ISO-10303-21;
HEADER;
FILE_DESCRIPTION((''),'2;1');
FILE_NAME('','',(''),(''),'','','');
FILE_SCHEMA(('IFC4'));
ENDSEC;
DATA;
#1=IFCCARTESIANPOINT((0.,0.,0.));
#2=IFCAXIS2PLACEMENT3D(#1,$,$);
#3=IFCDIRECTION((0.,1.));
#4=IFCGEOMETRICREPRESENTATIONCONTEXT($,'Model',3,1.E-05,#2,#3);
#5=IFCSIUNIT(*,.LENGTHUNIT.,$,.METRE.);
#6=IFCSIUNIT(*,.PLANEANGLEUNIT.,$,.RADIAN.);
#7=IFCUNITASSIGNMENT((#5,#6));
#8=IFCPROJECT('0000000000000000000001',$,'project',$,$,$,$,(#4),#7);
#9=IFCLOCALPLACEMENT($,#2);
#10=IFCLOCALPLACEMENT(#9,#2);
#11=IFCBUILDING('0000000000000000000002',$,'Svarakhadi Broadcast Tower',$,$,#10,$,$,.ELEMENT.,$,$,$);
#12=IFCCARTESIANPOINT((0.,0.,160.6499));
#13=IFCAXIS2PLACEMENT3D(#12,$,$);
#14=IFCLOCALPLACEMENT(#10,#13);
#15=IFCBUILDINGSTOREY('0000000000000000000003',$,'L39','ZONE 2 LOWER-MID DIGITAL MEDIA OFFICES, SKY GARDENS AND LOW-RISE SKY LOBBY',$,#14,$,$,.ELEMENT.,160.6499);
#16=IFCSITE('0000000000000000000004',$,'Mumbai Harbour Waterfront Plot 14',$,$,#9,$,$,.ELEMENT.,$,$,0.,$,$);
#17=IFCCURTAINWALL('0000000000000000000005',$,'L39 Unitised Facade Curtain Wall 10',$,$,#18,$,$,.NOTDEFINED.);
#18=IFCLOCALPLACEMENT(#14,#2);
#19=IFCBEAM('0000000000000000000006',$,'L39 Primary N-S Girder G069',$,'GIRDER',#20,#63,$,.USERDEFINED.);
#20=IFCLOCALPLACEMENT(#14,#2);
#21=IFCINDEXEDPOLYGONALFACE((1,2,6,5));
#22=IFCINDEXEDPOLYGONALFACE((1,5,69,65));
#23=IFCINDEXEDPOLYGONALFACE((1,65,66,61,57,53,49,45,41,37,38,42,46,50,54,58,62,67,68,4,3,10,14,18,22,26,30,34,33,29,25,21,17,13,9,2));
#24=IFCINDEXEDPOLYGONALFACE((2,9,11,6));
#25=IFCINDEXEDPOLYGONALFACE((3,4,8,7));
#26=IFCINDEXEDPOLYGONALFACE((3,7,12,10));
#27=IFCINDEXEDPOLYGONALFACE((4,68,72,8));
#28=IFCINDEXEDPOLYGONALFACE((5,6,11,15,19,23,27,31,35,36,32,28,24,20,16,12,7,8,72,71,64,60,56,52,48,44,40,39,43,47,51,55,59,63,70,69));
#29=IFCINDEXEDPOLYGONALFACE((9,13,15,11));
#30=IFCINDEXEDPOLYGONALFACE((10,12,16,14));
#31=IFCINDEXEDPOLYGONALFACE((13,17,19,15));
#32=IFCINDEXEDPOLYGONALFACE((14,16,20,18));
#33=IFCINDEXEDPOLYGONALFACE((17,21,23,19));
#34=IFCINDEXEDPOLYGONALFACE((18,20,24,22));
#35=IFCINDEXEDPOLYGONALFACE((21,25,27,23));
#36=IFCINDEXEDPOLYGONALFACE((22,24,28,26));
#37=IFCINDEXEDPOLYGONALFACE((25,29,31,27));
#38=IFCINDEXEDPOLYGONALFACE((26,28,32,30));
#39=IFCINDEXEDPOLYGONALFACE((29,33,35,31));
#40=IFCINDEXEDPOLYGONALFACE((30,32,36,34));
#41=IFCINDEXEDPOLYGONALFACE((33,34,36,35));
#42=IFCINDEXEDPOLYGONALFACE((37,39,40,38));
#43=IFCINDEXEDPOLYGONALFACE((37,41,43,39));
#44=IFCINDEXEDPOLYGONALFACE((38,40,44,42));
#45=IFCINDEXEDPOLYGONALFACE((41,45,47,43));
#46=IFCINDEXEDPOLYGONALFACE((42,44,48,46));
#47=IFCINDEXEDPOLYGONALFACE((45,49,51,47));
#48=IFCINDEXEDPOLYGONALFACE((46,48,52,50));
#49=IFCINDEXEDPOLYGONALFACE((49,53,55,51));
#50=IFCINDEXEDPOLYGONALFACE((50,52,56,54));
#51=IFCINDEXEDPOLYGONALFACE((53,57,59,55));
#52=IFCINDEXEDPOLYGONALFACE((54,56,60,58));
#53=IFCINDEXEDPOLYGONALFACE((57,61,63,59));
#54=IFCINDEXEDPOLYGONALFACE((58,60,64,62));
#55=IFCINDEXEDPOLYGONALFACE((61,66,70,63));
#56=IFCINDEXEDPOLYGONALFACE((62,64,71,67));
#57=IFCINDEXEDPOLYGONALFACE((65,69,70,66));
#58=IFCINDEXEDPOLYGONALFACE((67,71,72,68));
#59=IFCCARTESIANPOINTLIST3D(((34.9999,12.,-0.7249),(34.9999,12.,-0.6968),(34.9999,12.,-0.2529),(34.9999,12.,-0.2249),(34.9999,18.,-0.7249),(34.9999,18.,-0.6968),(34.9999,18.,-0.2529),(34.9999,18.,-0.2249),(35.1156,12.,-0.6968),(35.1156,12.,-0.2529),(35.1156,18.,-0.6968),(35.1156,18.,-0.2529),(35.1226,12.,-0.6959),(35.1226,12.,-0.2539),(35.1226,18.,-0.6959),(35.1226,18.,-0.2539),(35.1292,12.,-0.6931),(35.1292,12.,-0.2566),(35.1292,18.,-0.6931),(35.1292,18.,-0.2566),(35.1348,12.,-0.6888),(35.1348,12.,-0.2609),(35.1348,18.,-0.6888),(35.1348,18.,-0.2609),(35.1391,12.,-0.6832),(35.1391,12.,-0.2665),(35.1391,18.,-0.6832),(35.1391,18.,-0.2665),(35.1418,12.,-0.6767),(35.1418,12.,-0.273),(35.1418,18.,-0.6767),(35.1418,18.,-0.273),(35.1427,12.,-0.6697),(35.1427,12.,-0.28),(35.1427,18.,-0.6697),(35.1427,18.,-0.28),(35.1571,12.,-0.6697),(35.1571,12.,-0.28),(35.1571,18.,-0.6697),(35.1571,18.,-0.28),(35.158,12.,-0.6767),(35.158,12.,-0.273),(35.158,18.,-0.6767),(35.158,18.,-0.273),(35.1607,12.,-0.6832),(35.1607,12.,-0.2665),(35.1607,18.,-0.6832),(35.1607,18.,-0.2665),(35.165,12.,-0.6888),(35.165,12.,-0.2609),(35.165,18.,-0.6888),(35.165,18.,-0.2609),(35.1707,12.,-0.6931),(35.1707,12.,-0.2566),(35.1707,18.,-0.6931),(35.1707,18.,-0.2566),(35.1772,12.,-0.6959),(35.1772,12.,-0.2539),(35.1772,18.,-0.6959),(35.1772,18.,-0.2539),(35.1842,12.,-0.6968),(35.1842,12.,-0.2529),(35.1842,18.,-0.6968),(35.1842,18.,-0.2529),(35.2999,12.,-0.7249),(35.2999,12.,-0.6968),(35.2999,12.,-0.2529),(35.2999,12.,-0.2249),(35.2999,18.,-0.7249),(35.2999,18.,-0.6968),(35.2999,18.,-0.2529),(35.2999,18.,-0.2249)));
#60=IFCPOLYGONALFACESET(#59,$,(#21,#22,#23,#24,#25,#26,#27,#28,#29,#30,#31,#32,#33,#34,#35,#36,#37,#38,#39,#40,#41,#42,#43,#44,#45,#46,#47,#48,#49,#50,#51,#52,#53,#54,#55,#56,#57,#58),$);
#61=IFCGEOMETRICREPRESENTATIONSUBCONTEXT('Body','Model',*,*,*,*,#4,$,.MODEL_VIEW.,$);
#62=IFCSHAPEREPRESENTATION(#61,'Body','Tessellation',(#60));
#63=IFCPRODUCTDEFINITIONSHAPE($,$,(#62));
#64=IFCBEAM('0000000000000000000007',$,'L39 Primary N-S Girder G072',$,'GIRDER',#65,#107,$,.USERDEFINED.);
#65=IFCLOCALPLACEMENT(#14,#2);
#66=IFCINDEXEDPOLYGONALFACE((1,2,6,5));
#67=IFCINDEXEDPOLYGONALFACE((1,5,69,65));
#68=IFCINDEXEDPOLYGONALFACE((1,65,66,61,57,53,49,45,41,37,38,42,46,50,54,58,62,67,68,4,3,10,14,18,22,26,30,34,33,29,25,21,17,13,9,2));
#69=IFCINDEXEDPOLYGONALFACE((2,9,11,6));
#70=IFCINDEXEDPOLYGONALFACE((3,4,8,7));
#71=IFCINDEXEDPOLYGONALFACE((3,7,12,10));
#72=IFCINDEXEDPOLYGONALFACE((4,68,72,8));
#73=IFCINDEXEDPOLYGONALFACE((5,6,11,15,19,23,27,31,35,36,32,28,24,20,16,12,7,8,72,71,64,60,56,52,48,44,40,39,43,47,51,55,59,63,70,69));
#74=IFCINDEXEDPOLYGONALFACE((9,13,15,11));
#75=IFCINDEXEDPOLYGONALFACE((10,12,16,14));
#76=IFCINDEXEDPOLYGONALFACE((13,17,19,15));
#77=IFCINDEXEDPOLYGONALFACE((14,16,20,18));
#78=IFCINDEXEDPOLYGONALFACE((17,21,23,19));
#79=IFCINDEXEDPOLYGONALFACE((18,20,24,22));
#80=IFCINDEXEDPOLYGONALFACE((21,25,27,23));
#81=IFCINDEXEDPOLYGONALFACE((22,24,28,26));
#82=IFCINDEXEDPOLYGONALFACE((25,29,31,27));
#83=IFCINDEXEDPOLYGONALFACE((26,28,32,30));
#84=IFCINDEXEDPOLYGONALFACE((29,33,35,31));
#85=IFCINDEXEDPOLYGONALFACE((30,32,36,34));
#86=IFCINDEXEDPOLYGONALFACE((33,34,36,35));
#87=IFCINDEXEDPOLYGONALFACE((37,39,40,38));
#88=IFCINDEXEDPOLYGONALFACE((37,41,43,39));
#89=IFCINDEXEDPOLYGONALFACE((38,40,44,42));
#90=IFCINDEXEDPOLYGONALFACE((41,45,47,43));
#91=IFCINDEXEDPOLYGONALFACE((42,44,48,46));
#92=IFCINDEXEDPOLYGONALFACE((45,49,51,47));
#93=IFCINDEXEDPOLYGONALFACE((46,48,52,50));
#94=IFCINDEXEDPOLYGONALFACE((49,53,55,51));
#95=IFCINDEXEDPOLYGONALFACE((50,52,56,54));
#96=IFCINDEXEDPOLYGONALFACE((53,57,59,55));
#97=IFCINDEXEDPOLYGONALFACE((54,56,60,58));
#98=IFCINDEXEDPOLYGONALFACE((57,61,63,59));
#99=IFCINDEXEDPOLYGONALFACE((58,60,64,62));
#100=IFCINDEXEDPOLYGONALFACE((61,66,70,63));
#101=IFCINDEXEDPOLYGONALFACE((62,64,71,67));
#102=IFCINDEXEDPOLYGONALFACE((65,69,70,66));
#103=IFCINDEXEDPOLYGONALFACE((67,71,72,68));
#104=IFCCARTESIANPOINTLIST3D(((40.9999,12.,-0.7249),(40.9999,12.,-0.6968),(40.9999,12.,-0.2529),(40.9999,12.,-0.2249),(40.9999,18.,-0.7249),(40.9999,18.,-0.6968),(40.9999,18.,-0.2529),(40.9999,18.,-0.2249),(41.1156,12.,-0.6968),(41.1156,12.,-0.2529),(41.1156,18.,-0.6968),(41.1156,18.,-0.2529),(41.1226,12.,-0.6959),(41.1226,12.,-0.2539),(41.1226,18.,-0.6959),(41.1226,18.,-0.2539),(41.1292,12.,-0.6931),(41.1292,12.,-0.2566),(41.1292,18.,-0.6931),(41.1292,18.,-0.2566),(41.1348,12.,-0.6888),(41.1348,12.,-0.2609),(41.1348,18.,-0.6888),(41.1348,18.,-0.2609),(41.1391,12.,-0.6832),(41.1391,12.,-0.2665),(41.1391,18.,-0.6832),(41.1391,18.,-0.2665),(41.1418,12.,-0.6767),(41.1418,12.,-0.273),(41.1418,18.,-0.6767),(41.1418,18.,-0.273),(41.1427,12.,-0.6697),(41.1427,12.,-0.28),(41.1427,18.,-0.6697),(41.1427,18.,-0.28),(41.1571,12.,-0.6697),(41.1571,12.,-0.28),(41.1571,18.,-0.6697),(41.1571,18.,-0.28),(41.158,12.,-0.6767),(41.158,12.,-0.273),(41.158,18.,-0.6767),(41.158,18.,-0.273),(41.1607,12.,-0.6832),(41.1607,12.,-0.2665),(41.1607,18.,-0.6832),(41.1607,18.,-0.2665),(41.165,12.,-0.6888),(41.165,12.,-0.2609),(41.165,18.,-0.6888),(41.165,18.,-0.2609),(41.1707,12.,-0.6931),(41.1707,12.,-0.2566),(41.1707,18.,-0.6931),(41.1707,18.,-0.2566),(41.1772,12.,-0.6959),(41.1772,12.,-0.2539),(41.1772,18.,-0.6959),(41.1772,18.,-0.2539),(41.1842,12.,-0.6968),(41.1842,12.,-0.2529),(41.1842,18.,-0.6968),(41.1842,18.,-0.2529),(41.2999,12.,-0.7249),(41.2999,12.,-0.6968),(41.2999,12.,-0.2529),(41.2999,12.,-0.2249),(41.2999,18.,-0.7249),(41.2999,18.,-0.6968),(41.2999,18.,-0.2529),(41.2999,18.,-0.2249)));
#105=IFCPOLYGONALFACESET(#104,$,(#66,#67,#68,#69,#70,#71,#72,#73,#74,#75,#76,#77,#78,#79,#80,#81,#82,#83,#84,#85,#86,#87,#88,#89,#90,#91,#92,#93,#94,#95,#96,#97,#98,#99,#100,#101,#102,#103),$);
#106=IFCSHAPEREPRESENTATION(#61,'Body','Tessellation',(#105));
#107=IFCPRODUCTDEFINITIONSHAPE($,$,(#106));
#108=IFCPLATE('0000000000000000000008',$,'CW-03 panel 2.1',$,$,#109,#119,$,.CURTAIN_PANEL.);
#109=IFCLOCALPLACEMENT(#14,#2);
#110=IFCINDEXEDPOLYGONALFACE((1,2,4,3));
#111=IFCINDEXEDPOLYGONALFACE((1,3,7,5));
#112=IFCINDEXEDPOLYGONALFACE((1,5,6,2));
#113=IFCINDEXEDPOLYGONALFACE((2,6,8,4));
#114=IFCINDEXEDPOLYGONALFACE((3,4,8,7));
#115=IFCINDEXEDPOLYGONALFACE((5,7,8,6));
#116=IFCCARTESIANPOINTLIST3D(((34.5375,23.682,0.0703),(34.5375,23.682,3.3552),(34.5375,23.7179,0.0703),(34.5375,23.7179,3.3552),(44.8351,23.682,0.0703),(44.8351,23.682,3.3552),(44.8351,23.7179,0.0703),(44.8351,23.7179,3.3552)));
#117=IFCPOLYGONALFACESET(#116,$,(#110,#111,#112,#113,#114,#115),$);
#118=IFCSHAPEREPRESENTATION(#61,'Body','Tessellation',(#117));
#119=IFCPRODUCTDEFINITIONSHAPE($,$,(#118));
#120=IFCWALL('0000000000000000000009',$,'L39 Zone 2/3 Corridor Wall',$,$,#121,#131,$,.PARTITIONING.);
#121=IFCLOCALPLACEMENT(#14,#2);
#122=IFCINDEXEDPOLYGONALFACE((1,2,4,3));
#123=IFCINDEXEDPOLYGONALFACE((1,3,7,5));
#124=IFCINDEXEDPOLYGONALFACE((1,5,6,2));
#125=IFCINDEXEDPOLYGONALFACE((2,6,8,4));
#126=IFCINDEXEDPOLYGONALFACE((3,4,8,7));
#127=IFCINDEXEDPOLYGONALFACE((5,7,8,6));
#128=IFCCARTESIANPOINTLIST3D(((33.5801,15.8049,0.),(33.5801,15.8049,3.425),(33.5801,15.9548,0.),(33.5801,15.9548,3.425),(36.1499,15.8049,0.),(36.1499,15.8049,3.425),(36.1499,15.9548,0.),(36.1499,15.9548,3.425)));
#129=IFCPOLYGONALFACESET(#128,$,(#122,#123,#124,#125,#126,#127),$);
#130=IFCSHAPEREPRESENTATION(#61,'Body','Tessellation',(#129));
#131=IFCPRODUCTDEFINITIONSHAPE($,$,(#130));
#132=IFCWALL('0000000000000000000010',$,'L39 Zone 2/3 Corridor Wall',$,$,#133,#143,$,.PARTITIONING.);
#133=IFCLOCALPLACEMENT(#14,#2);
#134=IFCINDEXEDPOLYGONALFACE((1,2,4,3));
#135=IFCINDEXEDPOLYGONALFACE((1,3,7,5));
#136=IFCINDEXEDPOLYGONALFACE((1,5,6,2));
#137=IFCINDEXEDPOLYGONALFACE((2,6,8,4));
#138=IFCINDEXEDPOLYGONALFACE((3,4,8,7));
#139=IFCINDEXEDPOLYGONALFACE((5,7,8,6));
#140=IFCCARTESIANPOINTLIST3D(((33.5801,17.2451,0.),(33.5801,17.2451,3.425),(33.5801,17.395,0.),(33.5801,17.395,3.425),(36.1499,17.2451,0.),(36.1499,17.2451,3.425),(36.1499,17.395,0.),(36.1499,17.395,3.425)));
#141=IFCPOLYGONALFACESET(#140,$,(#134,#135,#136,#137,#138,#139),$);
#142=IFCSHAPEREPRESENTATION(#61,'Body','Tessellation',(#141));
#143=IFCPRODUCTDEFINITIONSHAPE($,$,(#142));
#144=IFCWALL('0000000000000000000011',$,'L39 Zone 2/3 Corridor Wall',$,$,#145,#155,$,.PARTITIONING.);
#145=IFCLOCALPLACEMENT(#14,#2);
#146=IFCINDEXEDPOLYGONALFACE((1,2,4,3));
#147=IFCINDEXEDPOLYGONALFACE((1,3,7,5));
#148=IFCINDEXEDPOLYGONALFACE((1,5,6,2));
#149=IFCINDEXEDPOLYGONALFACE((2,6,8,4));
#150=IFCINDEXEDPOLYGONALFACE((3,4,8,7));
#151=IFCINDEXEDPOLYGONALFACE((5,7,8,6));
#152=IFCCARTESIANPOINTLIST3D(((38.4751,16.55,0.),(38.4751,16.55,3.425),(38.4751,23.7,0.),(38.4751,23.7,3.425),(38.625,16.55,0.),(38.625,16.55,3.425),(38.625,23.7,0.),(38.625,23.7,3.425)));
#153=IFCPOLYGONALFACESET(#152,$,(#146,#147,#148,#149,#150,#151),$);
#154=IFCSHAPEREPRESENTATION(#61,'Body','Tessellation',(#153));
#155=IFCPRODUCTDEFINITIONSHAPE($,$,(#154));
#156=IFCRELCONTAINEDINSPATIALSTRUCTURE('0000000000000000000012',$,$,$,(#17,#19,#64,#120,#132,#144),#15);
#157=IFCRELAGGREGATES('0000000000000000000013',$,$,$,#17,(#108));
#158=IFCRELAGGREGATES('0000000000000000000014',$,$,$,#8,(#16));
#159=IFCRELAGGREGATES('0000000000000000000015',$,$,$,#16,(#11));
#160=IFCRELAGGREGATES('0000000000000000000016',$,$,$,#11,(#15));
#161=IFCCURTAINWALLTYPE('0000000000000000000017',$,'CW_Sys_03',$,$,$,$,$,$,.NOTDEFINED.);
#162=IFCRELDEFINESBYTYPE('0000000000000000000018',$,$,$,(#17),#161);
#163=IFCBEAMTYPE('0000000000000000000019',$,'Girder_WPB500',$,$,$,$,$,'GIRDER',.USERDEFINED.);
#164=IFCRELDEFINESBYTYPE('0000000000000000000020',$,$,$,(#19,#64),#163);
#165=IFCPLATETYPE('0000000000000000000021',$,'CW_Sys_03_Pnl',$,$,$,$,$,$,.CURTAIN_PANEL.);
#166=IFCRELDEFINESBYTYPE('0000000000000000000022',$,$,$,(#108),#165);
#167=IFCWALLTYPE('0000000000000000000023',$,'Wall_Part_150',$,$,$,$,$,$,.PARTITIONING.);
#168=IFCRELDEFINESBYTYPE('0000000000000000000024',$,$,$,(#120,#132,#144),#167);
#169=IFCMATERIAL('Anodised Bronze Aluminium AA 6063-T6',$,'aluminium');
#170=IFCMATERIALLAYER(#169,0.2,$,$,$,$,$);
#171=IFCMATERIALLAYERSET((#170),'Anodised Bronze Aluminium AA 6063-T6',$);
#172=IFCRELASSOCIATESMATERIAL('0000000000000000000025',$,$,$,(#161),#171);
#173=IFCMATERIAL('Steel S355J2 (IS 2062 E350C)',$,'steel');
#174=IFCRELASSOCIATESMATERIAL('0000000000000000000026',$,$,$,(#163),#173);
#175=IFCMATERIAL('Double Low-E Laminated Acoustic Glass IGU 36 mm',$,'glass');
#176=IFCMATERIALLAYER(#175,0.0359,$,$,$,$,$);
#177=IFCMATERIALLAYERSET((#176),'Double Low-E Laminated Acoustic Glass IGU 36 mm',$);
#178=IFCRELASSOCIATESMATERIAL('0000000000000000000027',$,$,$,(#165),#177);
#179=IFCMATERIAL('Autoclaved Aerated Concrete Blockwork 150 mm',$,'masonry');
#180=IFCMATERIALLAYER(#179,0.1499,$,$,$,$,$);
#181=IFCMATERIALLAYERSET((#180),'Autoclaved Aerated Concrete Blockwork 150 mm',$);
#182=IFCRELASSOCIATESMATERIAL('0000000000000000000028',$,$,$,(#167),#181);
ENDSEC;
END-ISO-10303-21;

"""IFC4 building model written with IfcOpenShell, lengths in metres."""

from ifc_helpers import new_model, si_unit, direction, frame, frame_2d, origin, origin_2d, place, context, subcontext, project, spatial, rectangle, i_section, extrude, material, layer, layer_set, material_profile, profile_set, type_object, element, aggregate, save


model = new_model("IFC4")

# Units and contexts
model_context = context("Model", 3, precision=1e-05, world=origin(), true_north=direction((0.0, 1.0)))
body_context = subcontext(model_context, "Body", "Model", "MODEL_VIEW")
ifc_project = project(units=[si_unit("LENGTHUNIT", "METRE"), si_unit("PLANEANGLEUNIT", "RADIAN")], contexts=[model_context])

# Site, building, storey
site_placement = place(None, origin())
site = spatial("IfcSite", under=ifc_project, at=site_placement, Name="Mumbai Harbour Waterfront Plot 14", CompositionType="ELEMENT", RefElevation=0.0)
building_placement = place(site_placement, origin())
building = spatial("IfcBuilding", under=site, at=building_placement, Name="Svarakhadi Broadcast Tower", CompositionType="ELEMENT")
storey_placement = place(building_placement, frame((0.0, 0.0, 160.6499)))
storey = spatial("IfcBuildingStorey", under=building, at=storey_placement, Name="L39", Description="ZONE 2 LOWER-MID DIGITAL MEDIA OFFICES, SKY GARDENS AND LOW-RISE SKY LOBBY", CompositionType="ELEMENT", Elevation=160.6499)

# Shared definitions
ifc_material_1 = material(Name="Steel S355J2 (IS 2062 E350C)", Category="steel")

# Curtain wall
ifc_material_2 = material(Name="Anodised Bronze Aluminium AA 6063-T6", Category="aluminium")
ifc_layer_1 = layer(ifc_material_2, 0.2)
ifc_layer_set_1 = layer_set([ifc_layer_1], Name="Anodised Bronze Aluminium AA 6063-T6")
curtain_wall_type = type_object("IfcCurtainWallType", Name="CW_Sys_03", PredefinedType="NOTDEFINED", material=ifc_layer_set_1)
curtain_wall_placement = place(storey_placement, origin())
curtain_wall = element("IfcCurtainWall", 1, at=curtain_wall_placement, inside=storey, type_object=curtain_wall_type, Name="L39 Unitised Facade Curtain Wall 10", PredefinedType="NOTDEFINED")

# Beams
ifc_material_profile_1 = material_profile(ifc_material_1, i_section(OverallWidth=0.3, OverallDepth=0.5, WebThickness=0.0144, FlangeThickness=0.0281, FilletRadius=0.0271, at=origin_2d()), Name="WPB 500x300x187")
ifc_profile_set_1 = profile_set([ifc_material_profile_1], Name="Steel S355J2 (IS 2062 E350C)")
beam_type_1 = type_object("IfcBeamType", Name="Girder_WPB500", ElementType="GIRDER", PredefinedType="USERDEFINED", material=ifc_profile_set_1)
for number, where, z_axis, x_axis, name in (
    (2, (35.1499, 12.0, -0.4749), (0.0, 1.0, 0.0), (-1.0, 0.0, 0.0), "L39 Primary N-S Girder G069"),
    (3, (41.1499, 12.0, -0.4749), (0.0, 1.0, 0.0), (-1.0, 0.0, 0.0), "L39 Primary N-S Girder G072"),
):
    element("IfcBeam", number, at=place(storey_placement, frame(where, z_axis=z_axis, x_axis=x_axis)), inside=storey, type_object=beam_type_1, Name=name, ObjectType="GIRDER", PredefinedType="USERDEFINED", context=body_context, shape_type="SweptSolid", body=[
        extrude(i_section(OverallWidth=0.3, OverallDepth=0.5, WebThickness=0.0144, FlangeThickness=0.0281, FilletRadius=0.0271, at=origin_2d()), origin(), (0.0, 0.0, 1.0), 6.0),
    ])

# Plate
ifc_material_3 = material(Name="Double Low-E Laminated Acoustic Glass IGU 36 mm", Category="glass")
ifc_layer_2 = layer(ifc_material_3, 0.0359)
ifc_layer_set_2 = layer_set([ifc_layer_2], Name="Double Low-E Laminated Acoustic Glass IGU 36 mm")
plate_type = type_object("IfcPlateType", Name="CW_Sys_03_Pnl", PredefinedType="CURTAIN_PANEL", material=ifc_layer_set_2)
plate_placement = place(storey_placement, frame((39.6863, 23.7, 0.0703), z_axis=(0.0, 0.0, 1.0), x_axis=(1.0, 0.0, 0.0)))
plate = element("IfcPlate", 4, at=plate_placement, type_object=plate_type, Name="CW-03 panel 2.1", PredefinedType="CURTAIN_PANEL", context=body_context, shape_type="SweptSolid", body=[
    extrude(rectangle(XDim=10.2976, YDim=0.0359, at=origin_2d()), origin(), (0.0, 0.0, 1.0), 3.2849),
])
aggregate(curtain_wall, [plate])

# Shared definitions
ifc_material_4 = material(Name="Autoclaved Aerated Concrete Blockwork 150 mm", Category="masonry")
ifc_layer_3 = layer(ifc_material_4, 0.1499)
ifc_layer_set_3 = layer_set([ifc_layer_3], Name="Autoclaved Aerated Concrete Blockwork 150 mm")
wall_type_1 = type_object("IfcWallType", Name="Wall_Part_150", PredefinedType="PARTITIONING", material=ifc_layer_set_3)

# Walls
for number, where, z_axis, x_axis, name in (
    (5, (36.1499, 15.8799, 0.0), (0.0, 0.0, 1.0), (-1.0, 0.0, 0.0), "L39 Zone 2/3 Corridor Wall"),
    (6, (33.5801, 17.3201, 0.0), (0.0, 0.0, 1.0), (1.0, 0.0, 0.0), "L39 Zone 2/3 Corridor Wall"),
):
    element("IfcWall", number, at=place(storey_placement, frame(where, z_axis=z_axis, x_axis=x_axis)), inside=storey, type_object=wall_type_1, Name=name, PredefinedType="PARTITIONING", context=body_context, shape_type="SweptSolid", body=[
        extrude(rectangle(XDim=2.5698, YDim=0.1499, at=frame_2d((1.2849, 0.0))), origin(), (0.0, 0.0, 1.0), 3.425),
    ])

# Wall
wall_1_placement = place(storey_placement, frame((38.55, 23.7, 0.0), z_axis=(0.0, 0.0, 1.0), x_axis=(0.0, -1.0, 0.0)))
element("IfcWall", 7, at=wall_1_placement, inside=storey, type_object=wall_type_1, Name="L39 Zone 2/3 Corridor Wall", PredefinedType="PARTITIONING", context=body_context, shape_type="SweptSolid", body=[
    extrude(rectangle(XDim=7.1499, YDim=0.1499, at=frame_2d((3.575, 0.0))), origin(), (0.0, 0.0, 1.0), 3.425),
])

save(model, "model.ifc")
